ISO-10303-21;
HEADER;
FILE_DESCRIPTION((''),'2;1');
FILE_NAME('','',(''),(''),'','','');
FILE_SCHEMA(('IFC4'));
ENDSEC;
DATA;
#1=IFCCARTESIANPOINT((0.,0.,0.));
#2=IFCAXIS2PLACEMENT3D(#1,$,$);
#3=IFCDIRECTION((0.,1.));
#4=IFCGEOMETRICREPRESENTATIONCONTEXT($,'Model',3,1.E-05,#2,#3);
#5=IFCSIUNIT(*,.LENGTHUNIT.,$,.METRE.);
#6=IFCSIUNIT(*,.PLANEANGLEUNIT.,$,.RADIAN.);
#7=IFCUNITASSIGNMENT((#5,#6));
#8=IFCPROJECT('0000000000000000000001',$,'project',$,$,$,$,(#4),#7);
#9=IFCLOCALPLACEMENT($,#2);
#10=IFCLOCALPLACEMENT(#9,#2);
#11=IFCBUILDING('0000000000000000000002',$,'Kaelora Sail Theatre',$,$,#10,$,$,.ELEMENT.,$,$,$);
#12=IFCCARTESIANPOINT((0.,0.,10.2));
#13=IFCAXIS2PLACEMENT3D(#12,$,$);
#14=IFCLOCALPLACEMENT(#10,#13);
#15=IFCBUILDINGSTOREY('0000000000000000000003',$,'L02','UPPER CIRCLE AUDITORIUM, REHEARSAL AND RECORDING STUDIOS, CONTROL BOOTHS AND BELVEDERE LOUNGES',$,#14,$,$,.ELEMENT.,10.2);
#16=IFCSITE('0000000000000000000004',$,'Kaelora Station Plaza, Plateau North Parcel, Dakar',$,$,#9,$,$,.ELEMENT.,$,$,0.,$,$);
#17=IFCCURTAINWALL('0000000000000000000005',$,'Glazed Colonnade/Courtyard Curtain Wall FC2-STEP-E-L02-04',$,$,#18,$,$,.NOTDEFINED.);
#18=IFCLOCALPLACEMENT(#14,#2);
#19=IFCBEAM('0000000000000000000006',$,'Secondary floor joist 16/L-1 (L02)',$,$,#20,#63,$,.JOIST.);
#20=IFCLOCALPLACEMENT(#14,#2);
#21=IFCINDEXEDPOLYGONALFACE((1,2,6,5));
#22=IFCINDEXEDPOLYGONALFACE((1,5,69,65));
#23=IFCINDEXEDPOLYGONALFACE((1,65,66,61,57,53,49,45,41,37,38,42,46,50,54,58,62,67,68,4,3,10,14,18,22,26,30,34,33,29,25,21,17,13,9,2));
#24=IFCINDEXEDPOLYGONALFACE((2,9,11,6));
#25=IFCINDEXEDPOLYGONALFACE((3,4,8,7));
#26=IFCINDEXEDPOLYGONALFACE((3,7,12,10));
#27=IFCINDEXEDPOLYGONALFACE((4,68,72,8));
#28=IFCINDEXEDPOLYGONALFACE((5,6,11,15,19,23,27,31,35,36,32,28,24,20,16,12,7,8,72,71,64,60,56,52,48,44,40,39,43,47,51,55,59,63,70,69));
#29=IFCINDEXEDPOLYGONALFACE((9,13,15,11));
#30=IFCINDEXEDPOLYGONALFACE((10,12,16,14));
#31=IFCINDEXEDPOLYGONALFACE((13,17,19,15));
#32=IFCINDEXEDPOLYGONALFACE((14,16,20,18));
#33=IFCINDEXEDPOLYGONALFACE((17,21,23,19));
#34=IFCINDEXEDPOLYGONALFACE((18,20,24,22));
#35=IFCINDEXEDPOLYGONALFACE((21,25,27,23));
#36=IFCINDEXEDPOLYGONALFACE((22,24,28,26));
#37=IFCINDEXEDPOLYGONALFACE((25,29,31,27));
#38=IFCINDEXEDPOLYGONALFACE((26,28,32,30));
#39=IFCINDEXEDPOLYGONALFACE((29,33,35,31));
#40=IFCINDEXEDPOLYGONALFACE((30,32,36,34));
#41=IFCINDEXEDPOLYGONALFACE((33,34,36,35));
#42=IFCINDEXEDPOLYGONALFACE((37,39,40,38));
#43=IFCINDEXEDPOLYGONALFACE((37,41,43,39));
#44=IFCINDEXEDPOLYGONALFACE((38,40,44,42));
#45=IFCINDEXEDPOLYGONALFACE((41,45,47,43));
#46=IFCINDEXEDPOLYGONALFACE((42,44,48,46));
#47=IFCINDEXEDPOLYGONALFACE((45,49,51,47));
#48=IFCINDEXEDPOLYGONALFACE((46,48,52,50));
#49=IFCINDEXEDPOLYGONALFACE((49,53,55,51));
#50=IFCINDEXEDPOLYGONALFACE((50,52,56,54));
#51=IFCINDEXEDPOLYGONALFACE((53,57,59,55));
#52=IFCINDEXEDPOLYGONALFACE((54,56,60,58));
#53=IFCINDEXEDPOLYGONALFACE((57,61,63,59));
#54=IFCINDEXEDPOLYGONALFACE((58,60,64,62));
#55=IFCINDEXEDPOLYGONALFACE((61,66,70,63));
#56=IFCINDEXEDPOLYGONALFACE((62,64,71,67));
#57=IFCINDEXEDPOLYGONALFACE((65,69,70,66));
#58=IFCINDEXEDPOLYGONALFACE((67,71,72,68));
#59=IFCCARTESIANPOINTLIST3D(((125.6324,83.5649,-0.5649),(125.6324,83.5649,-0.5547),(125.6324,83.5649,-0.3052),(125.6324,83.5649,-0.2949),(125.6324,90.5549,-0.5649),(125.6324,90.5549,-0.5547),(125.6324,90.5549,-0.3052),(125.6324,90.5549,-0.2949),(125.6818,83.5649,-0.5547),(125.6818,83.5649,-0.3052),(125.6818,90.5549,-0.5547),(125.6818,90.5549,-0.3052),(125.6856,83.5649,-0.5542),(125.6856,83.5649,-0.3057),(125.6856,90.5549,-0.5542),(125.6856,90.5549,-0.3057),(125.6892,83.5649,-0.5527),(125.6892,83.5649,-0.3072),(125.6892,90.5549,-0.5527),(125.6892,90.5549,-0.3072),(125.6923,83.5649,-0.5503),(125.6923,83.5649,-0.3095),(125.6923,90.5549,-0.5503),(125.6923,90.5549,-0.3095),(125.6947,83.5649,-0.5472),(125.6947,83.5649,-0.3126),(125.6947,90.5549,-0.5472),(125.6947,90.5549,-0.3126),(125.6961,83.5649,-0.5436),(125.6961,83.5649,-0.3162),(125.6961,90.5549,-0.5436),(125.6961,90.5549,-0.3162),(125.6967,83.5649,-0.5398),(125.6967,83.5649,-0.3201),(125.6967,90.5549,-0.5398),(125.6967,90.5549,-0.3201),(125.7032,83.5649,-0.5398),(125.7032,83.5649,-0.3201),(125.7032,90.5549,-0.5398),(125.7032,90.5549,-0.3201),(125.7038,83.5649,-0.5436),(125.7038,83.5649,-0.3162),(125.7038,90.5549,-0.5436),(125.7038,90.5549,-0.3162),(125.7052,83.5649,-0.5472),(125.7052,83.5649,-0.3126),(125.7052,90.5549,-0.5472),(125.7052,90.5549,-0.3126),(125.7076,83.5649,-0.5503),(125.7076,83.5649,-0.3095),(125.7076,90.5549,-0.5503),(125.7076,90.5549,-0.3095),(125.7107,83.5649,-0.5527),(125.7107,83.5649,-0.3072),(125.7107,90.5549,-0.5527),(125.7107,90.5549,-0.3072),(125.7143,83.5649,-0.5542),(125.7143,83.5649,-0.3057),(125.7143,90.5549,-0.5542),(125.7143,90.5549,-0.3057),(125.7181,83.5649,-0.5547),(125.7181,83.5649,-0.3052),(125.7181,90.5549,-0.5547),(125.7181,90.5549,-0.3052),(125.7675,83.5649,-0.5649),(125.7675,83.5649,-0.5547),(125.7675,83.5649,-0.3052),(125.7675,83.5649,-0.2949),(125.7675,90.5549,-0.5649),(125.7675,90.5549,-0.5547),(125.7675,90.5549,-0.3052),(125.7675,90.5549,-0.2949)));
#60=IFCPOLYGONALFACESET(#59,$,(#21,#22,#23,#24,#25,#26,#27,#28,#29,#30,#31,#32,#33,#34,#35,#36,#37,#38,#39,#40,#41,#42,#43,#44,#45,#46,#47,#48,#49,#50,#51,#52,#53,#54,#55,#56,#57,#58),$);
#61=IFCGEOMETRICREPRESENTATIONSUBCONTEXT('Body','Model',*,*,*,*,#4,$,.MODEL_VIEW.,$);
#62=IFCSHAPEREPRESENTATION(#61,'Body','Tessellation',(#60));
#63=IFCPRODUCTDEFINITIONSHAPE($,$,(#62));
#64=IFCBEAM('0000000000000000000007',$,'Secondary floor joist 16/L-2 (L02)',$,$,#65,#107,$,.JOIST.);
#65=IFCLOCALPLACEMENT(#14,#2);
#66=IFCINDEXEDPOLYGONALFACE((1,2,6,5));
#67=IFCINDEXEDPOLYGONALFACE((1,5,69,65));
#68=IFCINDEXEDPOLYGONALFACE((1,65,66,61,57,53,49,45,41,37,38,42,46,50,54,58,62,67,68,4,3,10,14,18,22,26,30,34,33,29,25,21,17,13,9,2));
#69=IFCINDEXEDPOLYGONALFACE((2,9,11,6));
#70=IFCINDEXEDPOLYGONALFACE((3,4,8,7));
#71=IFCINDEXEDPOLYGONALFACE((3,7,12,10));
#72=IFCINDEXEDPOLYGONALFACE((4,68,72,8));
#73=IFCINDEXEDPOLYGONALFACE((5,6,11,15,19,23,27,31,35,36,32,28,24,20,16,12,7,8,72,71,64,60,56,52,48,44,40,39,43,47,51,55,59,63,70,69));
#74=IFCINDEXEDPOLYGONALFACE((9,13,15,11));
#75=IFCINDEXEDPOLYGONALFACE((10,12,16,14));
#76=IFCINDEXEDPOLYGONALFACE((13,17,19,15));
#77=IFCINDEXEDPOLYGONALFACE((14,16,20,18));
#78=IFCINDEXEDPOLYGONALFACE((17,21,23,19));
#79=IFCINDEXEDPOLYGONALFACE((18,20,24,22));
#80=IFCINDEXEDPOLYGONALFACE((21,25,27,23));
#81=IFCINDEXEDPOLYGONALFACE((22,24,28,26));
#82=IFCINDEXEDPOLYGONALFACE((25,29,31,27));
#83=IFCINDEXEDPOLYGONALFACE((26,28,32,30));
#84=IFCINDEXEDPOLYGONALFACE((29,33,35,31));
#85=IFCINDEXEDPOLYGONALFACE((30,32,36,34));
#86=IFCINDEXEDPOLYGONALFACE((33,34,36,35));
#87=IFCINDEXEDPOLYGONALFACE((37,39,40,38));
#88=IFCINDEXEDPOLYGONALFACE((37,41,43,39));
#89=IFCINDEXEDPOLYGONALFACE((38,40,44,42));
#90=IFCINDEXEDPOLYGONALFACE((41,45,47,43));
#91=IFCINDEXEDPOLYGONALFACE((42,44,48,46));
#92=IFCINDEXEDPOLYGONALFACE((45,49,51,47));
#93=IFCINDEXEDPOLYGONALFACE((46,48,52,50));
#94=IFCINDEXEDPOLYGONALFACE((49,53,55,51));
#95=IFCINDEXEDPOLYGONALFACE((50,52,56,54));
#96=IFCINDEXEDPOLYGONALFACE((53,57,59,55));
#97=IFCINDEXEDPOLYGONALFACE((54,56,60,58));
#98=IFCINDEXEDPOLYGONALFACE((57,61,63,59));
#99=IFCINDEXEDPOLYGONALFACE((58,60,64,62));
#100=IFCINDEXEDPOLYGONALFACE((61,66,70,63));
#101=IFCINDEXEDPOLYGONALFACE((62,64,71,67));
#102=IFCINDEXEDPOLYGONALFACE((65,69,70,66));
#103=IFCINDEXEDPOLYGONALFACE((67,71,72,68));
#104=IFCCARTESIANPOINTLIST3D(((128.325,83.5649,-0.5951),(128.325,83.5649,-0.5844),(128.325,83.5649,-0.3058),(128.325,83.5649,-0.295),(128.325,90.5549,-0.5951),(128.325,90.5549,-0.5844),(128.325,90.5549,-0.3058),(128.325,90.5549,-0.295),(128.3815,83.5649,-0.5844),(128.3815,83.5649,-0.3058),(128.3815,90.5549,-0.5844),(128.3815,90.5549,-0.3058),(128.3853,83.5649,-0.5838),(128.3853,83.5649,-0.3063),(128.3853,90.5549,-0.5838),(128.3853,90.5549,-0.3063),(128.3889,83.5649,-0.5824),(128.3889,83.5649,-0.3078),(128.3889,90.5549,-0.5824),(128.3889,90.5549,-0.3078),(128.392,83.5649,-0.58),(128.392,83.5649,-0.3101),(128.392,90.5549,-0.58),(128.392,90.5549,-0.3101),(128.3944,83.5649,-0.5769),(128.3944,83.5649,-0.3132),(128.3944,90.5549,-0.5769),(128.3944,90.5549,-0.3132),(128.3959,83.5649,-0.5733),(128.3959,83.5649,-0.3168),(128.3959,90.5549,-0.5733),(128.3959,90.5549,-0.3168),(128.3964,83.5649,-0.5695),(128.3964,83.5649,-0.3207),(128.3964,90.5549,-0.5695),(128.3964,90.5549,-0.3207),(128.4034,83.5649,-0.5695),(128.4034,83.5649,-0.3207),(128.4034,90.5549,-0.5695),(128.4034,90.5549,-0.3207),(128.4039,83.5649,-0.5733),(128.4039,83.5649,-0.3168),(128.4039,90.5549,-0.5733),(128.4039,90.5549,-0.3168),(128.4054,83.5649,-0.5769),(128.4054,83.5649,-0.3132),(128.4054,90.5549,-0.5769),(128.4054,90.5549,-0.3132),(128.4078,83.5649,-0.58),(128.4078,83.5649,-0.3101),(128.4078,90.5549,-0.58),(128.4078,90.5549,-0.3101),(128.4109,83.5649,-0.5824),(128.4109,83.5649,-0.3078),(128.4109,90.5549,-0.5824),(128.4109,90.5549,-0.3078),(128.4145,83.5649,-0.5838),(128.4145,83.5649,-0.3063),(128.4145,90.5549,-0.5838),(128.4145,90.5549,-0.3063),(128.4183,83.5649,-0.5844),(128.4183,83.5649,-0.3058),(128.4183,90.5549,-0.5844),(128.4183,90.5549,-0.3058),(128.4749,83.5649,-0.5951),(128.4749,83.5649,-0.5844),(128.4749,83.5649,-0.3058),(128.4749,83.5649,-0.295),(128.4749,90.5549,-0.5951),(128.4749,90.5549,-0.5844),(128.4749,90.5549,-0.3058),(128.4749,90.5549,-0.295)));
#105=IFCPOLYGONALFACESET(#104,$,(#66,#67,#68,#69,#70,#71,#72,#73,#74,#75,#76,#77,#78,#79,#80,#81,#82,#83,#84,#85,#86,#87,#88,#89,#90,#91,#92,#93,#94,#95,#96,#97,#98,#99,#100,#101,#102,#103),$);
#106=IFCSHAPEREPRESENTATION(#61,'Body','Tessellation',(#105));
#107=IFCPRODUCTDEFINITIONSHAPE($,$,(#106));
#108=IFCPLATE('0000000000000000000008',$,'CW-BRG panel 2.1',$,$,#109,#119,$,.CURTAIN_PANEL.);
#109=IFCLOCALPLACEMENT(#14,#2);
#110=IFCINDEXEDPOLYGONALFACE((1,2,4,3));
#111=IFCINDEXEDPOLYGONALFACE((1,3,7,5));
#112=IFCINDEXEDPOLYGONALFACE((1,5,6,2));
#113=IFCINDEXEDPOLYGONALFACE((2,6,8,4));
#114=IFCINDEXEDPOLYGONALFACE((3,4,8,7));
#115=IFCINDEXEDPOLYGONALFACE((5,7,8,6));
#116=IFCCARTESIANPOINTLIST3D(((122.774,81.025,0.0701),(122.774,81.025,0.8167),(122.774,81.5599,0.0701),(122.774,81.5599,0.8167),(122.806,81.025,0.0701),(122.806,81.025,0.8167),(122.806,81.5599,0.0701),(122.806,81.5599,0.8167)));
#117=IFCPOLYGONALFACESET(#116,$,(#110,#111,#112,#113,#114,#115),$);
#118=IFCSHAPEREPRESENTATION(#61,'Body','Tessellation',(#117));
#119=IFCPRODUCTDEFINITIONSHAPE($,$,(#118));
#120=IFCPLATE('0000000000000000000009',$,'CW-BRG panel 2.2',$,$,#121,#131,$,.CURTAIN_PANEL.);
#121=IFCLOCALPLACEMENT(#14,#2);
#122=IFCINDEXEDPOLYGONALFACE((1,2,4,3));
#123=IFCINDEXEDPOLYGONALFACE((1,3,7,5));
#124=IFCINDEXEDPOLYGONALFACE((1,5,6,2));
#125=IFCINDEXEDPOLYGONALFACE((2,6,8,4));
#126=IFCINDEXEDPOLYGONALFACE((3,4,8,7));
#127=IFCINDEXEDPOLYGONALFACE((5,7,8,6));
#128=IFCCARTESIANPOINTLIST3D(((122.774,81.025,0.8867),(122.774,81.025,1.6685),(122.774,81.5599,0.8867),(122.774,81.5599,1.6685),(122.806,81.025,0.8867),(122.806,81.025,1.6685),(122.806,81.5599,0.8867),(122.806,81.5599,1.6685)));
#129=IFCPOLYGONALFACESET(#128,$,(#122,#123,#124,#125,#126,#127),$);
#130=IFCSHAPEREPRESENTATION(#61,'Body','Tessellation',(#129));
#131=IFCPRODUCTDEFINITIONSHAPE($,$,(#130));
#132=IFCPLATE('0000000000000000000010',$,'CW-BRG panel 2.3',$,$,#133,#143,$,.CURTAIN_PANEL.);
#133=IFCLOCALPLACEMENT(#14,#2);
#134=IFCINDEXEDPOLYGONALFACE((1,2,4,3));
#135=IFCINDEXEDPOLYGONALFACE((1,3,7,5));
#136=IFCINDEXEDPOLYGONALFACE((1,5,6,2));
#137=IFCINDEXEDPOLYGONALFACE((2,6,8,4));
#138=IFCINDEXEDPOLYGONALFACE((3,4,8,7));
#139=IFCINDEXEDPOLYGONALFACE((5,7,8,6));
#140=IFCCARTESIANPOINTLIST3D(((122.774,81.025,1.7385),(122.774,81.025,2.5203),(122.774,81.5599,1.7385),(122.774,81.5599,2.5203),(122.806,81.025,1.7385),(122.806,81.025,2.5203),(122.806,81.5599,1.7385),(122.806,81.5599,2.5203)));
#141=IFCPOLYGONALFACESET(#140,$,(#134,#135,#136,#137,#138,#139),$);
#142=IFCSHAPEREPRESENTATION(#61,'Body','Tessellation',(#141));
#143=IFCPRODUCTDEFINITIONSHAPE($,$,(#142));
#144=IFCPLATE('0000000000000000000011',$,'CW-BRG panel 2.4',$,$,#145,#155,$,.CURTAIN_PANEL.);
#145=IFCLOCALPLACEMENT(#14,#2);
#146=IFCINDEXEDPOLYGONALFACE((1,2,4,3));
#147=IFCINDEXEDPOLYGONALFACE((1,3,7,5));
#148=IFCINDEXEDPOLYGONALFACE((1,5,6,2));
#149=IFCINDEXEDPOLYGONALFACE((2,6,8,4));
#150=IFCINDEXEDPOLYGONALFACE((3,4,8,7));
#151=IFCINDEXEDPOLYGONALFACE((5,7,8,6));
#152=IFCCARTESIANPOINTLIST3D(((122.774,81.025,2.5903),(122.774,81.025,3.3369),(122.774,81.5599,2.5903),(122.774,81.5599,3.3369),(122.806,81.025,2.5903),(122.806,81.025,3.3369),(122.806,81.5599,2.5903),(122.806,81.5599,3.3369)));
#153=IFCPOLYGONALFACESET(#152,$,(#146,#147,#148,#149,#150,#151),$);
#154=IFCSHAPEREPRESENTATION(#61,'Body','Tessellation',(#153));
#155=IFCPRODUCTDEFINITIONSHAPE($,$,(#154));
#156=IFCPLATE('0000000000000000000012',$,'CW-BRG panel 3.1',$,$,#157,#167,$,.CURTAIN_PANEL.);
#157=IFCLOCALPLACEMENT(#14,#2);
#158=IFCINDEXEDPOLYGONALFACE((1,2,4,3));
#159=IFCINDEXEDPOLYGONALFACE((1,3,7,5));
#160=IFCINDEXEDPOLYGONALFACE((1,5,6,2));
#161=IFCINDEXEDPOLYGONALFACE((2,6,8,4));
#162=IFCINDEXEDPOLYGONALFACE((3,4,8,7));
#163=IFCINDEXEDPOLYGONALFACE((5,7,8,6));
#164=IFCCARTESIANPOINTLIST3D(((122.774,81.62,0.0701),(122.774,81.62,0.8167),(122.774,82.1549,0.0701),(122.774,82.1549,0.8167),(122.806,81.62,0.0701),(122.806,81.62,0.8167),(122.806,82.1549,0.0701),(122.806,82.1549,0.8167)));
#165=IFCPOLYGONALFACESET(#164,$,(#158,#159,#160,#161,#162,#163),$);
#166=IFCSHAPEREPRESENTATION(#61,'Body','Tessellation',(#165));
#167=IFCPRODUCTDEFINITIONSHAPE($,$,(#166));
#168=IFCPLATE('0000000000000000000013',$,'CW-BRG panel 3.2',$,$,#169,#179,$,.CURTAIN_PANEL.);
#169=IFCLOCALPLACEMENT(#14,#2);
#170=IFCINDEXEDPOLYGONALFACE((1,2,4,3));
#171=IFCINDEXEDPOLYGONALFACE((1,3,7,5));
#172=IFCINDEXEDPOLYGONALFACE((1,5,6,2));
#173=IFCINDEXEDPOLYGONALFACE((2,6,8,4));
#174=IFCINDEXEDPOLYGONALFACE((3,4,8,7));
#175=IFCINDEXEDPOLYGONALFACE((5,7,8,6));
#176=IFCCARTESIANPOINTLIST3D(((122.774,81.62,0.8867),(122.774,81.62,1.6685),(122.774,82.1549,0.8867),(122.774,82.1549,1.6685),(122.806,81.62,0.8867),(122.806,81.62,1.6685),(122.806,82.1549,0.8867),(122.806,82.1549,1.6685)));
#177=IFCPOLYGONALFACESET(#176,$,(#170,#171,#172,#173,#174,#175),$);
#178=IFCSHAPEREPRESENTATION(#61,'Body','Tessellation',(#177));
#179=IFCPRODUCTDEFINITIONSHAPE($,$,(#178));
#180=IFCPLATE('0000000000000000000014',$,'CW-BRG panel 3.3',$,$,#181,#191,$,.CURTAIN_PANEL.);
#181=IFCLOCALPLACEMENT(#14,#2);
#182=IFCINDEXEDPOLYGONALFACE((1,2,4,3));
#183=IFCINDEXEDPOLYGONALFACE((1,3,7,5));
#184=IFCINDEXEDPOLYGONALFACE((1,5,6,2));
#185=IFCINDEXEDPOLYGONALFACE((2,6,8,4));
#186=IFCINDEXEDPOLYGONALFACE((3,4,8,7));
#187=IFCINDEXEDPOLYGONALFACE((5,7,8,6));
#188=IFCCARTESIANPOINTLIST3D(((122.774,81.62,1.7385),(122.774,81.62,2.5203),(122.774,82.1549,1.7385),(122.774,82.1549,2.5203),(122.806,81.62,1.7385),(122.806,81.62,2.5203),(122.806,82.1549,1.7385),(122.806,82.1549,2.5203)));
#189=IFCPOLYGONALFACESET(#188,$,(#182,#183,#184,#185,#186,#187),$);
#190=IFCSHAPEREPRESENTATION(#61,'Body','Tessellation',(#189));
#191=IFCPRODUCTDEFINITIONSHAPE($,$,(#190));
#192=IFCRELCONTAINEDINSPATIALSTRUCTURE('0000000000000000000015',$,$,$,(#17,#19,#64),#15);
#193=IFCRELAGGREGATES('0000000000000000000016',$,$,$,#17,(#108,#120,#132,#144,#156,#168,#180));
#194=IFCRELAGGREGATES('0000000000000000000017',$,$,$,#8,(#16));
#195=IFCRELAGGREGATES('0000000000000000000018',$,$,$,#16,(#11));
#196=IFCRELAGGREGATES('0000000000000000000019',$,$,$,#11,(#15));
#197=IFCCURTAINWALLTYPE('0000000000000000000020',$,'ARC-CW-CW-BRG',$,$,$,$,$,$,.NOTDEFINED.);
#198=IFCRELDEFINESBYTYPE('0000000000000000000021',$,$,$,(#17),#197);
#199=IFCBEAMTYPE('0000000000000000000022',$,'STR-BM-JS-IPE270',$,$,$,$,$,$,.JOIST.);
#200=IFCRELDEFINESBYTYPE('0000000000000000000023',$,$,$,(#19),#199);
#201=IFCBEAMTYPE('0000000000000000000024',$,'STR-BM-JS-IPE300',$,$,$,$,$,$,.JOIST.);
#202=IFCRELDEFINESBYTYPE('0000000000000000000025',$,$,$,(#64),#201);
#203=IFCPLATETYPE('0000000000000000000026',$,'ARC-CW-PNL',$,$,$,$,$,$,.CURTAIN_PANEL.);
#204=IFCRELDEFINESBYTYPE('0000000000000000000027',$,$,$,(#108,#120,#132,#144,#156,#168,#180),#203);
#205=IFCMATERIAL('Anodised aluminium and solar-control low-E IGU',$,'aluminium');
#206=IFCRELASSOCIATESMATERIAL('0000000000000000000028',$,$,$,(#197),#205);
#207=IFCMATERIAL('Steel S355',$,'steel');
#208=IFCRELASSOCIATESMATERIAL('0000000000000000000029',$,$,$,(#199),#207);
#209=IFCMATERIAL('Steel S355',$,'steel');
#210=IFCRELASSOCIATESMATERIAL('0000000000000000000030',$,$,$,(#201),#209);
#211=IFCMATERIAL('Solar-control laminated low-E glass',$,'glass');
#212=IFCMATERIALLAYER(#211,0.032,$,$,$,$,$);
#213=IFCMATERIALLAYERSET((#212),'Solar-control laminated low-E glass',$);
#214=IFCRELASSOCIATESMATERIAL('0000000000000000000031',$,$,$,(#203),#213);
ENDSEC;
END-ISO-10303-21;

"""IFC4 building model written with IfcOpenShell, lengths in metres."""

from ifc_helpers import new_model, si_unit, direction, frame, origin, origin_2d, place, context, subcontext, project, spatial, rectangle, i_section, extrude, material, layer, layer_set, material_profile, profile_set, type_object, element, aggregate, save


model = new_model("IFC4")

# Units and contexts
model_context = context("Model", 3, precision=1e-05, world=origin(), true_north=direction((0.0, 1.0)))
body_context = subcontext(model_context, "Body", "Model", "MODEL_VIEW")
ifc_project = project(units=[si_unit("LENGTHUNIT", "METRE"), si_unit("PLANEANGLEUNIT", "RADIAN")], contexts=[model_context])

# Site, building, storey
site_placement = place(None, origin())
site = spatial("IfcSite", under=ifc_project, at=site_placement, Name="Kaelora Station Plaza, Plateau North Parcel, Dakar", CompositionType="ELEMENT", RefElevation=0.0)
building_placement = place(site_placement, origin())
building = spatial("IfcBuilding", under=site, at=building_placement, Name="Kaelora Sail Theatre", CompositionType="ELEMENT")
storey_placement = place(building_placement, frame((0.0, 0.0, 10.2)))
storey = spatial("IfcBuildingStorey", under=building, at=storey_placement, Name="L02", Description="UPPER CIRCLE AUDITORIUM, REHEARSAL AND RECORDING STUDIOS, CONTROL BOOTHS AND BELVEDERE LOUNGES", CompositionType="ELEMENT", Elevation=10.2)

# Curtain wall
ifc_material_1 = material(Name="Anodised aluminium and solar-control low-E IGU", Category="aluminium")
curtain_wall_type = type_object("IfcCurtainWallType", Name="ARC-CW-CW-BRG", PredefinedType="NOTDEFINED", material=ifc_material_1)
curtain_wall_placement = place(storey_placement, origin())
curtain_wall = element("IfcCurtainWall", 1, at=curtain_wall_placement, inside=storey, type_object=curtain_wall_type, Name="Glazed Colonnade/Courtyard Curtain Wall FC2-STEP-E-L02-04", PredefinedType="NOTDEFINED")

# Beams
ifc_material_2 = material(Name="Steel S355", Category="steel")
ifc_material_profile_1 = material_profile(ifc_material_2, i_section(OverallWidth=0.135, OverallDepth=0.27, WebThickness=0.0066, FlangeThickness=0.0103, FilletRadius=0.0149, at=origin_2d()), Name="IPE 270")
ifc_profile_set_1 = profile_set([ifc_material_profile_1], Name="Steel S355")
beam_type_1 = type_object("IfcBeamType", Name="STR-BM-JS-IPE270", PredefinedType="JOIST", material=ifc_profile_set_1)
beam_1_placement = place(storey_placement, frame((125.7, 83.5649, -0.4299), z_axis=(0.0, 1.0, 0.0), x_axis=(-1.0, 0.0, 0.0)))
element("IfcBeam", 2, at=beam_1_placement, inside=storey, type_object=beam_type_1, Name="Secondary floor joist 16/L-1 (L02)", PredefinedType="JOIST", context=body_context, shape_type="SweptSolid", body=[
    extrude(i_section(OverallWidth=0.135, OverallDepth=0.27, WebThickness=0.0066, FlangeThickness=0.0103, FilletRadius=0.0149, at=origin_2d()), origin(), (0.0, 0.0, 1.0), 6.99),
])
ifc_material_3 = material(Name="Steel S355", Category="steel")
ifc_material_profile_2 = material_profile(ifc_material_3, i_section(OverallWidth=0.1499, OverallDepth=0.3, WebThickness=0.0071, FlangeThickness=0.0107, FilletRadius=0.0149, at=origin_2d()), Name="IPE 300")
ifc_profile_set_2 = profile_set([ifc_material_profile_2], Name="Steel S355")
beam_type_2 = type_object("IfcBeamType", Name="STR-BM-JS-IPE300", PredefinedType="JOIST", material=ifc_profile_set_2)
beam_2_placement = place(storey_placement, frame((128.3999, 83.5649, -0.4451), z_axis=(0.0, 1.0, 0.0), x_axis=(-1.0, 0.0, 0.0)))
element("IfcBeam", 3, at=beam_2_placement, inside=storey, type_object=beam_type_2, Name="Secondary floor joist 16/L-2 (L02)", PredefinedType="JOIST", context=body_context, shape_type="SweptSolid", body=[
    extrude(i_section(OverallWidth=0.1499, OverallDepth=0.3, WebThickness=0.0071, FlangeThickness=0.0107, FilletRadius=0.0149, at=origin_2d()), origin(), (0.0, 0.0, 1.0), 6.99),
])

# Plates
ifc_material_4 = material(Name="Solar-control laminated low-E glass", Category="glass")
ifc_layer = layer(ifc_material_4, 0.032)
ifc_layer_set = layer_set([ifc_layer], Name="Solar-control laminated low-E glass")
plate_type = type_object("IfcPlateType", Name="ARC-CW-PNL", PredefinedType="CURTAIN_PANEL", material=ifc_layer_set)
plate_1_placement = place(storey_placement, frame((122.79, 81.2925, 0.0701), z_axis=(0.0, 0.0, 1.0), x_axis=(0.0, 1.0, 0.0)))
plate_1 = element("IfcPlate", 4, at=plate_1_placement, type_object=plate_type, Name="CW-BRG panel 2.1", PredefinedType="CURTAIN_PANEL", context=body_context, shape_type="SweptSolid", body=[
    extrude(rectangle(XDim=0.5349, YDim=0.032, at=origin_2d()), origin(), (0.0, 0.0, 1.0), 0.7466),
])
plate_2_placement = place(storey_placement, frame((122.79, 81.2925, 0.8867), z_axis=(0.0, 0.0, 1.0), x_axis=(0.0, 1.0, 0.0)))
plate_2 = element("IfcPlate", 5, at=plate_2_placement, type_object=plate_type, Name="CW-BRG panel 2.2", PredefinedType="CURTAIN_PANEL", context=body_context, shape_type="SweptSolid", body=[
    extrude(rectangle(XDim=0.5349, YDim=0.032, at=origin_2d()), origin(), (0.0, 0.0, 1.0), 0.7817),
])
plate_3_placement = place(storey_placement, frame((122.79, 81.2925, 1.7385), z_axis=(0.0, 0.0, 1.0), x_axis=(0.0, 1.0, 0.0)))
plate_3 = element("IfcPlate", 6, at=plate_3_placement, type_object=plate_type, Name="CW-BRG panel 2.3", PredefinedType="CURTAIN_PANEL", context=body_context, shape_type="SweptSolid", body=[
    extrude(rectangle(XDim=0.5349, YDim=0.032, at=origin_2d()), origin(), (0.0, 0.0, 1.0), 0.7817),
])
plate_4_placement = place(storey_placement, frame((122.79, 81.2925, 2.5903), z_axis=(0.0, 0.0, 1.0), x_axis=(0.0, 1.0, 0.0)))
plate_4 = element("IfcPlate", 7, at=plate_4_placement, type_object=plate_type, Name="CW-BRG panel 2.4", PredefinedType="CURTAIN_PANEL", context=body_context, shape_type="SweptSolid", body=[
    extrude(rectangle(XDim=0.5349, YDim=0.032, at=origin_2d()), origin(), (0.0, 0.0, 1.0), 0.7466),
])
plate_5_placement = place(storey_placement, frame((122.79, 81.8875, 0.0701), z_axis=(0.0, 0.0, 1.0), x_axis=(0.0, 1.0, 0.0)))
plate_5 = element("IfcPlate", 8, at=plate_5_placement, type_object=plate_type, Name="CW-BRG panel 3.1", PredefinedType="CURTAIN_PANEL", context=body_context, shape_type="SweptSolid", body=[
    extrude(rectangle(XDim=0.5349, YDim=0.032, at=origin_2d()), origin(), (0.0, 0.0, 1.0), 0.7466),
])
plate_6_placement = place(storey_placement, frame((122.79, 81.8875, 0.8867), z_axis=(0.0, 0.0, 1.0), x_axis=(0.0, 1.0, 0.0)))
plate_6 = element("IfcPlate", 9, at=plate_6_placement, type_object=plate_type, Name="CW-BRG panel 3.2", PredefinedType="CURTAIN_PANEL", context=body_context, shape_type="SweptSolid", body=[
    extrude(rectangle(XDim=0.5349, YDim=0.032, at=origin_2d()), origin(), (0.0, 0.0, 1.0), 0.7817),
])
plate_7_placement = place(storey_placement, frame((122.79, 81.8875, 1.7385), z_axis=(0.0, 0.0, 1.0), x_axis=(0.0, 1.0, 0.0)))
plate_7 = element("IfcPlate", 10, at=plate_7_placement, type_object=plate_type, Name="CW-BRG panel 3.3", PredefinedType="CURTAIN_PANEL", context=body_context, shape_type="SweptSolid", body=[
    extrude(rectangle(XDim=0.5349, YDim=0.032, at=origin_2d()), origin(), (0.0, 0.0, 1.0), 0.7817),
])
aggregate(curtain_wall, [plate_1, plate_2, plate_3, plate_4, plate_5, plate_6, plate_7])

save(model, "model.ifc")
